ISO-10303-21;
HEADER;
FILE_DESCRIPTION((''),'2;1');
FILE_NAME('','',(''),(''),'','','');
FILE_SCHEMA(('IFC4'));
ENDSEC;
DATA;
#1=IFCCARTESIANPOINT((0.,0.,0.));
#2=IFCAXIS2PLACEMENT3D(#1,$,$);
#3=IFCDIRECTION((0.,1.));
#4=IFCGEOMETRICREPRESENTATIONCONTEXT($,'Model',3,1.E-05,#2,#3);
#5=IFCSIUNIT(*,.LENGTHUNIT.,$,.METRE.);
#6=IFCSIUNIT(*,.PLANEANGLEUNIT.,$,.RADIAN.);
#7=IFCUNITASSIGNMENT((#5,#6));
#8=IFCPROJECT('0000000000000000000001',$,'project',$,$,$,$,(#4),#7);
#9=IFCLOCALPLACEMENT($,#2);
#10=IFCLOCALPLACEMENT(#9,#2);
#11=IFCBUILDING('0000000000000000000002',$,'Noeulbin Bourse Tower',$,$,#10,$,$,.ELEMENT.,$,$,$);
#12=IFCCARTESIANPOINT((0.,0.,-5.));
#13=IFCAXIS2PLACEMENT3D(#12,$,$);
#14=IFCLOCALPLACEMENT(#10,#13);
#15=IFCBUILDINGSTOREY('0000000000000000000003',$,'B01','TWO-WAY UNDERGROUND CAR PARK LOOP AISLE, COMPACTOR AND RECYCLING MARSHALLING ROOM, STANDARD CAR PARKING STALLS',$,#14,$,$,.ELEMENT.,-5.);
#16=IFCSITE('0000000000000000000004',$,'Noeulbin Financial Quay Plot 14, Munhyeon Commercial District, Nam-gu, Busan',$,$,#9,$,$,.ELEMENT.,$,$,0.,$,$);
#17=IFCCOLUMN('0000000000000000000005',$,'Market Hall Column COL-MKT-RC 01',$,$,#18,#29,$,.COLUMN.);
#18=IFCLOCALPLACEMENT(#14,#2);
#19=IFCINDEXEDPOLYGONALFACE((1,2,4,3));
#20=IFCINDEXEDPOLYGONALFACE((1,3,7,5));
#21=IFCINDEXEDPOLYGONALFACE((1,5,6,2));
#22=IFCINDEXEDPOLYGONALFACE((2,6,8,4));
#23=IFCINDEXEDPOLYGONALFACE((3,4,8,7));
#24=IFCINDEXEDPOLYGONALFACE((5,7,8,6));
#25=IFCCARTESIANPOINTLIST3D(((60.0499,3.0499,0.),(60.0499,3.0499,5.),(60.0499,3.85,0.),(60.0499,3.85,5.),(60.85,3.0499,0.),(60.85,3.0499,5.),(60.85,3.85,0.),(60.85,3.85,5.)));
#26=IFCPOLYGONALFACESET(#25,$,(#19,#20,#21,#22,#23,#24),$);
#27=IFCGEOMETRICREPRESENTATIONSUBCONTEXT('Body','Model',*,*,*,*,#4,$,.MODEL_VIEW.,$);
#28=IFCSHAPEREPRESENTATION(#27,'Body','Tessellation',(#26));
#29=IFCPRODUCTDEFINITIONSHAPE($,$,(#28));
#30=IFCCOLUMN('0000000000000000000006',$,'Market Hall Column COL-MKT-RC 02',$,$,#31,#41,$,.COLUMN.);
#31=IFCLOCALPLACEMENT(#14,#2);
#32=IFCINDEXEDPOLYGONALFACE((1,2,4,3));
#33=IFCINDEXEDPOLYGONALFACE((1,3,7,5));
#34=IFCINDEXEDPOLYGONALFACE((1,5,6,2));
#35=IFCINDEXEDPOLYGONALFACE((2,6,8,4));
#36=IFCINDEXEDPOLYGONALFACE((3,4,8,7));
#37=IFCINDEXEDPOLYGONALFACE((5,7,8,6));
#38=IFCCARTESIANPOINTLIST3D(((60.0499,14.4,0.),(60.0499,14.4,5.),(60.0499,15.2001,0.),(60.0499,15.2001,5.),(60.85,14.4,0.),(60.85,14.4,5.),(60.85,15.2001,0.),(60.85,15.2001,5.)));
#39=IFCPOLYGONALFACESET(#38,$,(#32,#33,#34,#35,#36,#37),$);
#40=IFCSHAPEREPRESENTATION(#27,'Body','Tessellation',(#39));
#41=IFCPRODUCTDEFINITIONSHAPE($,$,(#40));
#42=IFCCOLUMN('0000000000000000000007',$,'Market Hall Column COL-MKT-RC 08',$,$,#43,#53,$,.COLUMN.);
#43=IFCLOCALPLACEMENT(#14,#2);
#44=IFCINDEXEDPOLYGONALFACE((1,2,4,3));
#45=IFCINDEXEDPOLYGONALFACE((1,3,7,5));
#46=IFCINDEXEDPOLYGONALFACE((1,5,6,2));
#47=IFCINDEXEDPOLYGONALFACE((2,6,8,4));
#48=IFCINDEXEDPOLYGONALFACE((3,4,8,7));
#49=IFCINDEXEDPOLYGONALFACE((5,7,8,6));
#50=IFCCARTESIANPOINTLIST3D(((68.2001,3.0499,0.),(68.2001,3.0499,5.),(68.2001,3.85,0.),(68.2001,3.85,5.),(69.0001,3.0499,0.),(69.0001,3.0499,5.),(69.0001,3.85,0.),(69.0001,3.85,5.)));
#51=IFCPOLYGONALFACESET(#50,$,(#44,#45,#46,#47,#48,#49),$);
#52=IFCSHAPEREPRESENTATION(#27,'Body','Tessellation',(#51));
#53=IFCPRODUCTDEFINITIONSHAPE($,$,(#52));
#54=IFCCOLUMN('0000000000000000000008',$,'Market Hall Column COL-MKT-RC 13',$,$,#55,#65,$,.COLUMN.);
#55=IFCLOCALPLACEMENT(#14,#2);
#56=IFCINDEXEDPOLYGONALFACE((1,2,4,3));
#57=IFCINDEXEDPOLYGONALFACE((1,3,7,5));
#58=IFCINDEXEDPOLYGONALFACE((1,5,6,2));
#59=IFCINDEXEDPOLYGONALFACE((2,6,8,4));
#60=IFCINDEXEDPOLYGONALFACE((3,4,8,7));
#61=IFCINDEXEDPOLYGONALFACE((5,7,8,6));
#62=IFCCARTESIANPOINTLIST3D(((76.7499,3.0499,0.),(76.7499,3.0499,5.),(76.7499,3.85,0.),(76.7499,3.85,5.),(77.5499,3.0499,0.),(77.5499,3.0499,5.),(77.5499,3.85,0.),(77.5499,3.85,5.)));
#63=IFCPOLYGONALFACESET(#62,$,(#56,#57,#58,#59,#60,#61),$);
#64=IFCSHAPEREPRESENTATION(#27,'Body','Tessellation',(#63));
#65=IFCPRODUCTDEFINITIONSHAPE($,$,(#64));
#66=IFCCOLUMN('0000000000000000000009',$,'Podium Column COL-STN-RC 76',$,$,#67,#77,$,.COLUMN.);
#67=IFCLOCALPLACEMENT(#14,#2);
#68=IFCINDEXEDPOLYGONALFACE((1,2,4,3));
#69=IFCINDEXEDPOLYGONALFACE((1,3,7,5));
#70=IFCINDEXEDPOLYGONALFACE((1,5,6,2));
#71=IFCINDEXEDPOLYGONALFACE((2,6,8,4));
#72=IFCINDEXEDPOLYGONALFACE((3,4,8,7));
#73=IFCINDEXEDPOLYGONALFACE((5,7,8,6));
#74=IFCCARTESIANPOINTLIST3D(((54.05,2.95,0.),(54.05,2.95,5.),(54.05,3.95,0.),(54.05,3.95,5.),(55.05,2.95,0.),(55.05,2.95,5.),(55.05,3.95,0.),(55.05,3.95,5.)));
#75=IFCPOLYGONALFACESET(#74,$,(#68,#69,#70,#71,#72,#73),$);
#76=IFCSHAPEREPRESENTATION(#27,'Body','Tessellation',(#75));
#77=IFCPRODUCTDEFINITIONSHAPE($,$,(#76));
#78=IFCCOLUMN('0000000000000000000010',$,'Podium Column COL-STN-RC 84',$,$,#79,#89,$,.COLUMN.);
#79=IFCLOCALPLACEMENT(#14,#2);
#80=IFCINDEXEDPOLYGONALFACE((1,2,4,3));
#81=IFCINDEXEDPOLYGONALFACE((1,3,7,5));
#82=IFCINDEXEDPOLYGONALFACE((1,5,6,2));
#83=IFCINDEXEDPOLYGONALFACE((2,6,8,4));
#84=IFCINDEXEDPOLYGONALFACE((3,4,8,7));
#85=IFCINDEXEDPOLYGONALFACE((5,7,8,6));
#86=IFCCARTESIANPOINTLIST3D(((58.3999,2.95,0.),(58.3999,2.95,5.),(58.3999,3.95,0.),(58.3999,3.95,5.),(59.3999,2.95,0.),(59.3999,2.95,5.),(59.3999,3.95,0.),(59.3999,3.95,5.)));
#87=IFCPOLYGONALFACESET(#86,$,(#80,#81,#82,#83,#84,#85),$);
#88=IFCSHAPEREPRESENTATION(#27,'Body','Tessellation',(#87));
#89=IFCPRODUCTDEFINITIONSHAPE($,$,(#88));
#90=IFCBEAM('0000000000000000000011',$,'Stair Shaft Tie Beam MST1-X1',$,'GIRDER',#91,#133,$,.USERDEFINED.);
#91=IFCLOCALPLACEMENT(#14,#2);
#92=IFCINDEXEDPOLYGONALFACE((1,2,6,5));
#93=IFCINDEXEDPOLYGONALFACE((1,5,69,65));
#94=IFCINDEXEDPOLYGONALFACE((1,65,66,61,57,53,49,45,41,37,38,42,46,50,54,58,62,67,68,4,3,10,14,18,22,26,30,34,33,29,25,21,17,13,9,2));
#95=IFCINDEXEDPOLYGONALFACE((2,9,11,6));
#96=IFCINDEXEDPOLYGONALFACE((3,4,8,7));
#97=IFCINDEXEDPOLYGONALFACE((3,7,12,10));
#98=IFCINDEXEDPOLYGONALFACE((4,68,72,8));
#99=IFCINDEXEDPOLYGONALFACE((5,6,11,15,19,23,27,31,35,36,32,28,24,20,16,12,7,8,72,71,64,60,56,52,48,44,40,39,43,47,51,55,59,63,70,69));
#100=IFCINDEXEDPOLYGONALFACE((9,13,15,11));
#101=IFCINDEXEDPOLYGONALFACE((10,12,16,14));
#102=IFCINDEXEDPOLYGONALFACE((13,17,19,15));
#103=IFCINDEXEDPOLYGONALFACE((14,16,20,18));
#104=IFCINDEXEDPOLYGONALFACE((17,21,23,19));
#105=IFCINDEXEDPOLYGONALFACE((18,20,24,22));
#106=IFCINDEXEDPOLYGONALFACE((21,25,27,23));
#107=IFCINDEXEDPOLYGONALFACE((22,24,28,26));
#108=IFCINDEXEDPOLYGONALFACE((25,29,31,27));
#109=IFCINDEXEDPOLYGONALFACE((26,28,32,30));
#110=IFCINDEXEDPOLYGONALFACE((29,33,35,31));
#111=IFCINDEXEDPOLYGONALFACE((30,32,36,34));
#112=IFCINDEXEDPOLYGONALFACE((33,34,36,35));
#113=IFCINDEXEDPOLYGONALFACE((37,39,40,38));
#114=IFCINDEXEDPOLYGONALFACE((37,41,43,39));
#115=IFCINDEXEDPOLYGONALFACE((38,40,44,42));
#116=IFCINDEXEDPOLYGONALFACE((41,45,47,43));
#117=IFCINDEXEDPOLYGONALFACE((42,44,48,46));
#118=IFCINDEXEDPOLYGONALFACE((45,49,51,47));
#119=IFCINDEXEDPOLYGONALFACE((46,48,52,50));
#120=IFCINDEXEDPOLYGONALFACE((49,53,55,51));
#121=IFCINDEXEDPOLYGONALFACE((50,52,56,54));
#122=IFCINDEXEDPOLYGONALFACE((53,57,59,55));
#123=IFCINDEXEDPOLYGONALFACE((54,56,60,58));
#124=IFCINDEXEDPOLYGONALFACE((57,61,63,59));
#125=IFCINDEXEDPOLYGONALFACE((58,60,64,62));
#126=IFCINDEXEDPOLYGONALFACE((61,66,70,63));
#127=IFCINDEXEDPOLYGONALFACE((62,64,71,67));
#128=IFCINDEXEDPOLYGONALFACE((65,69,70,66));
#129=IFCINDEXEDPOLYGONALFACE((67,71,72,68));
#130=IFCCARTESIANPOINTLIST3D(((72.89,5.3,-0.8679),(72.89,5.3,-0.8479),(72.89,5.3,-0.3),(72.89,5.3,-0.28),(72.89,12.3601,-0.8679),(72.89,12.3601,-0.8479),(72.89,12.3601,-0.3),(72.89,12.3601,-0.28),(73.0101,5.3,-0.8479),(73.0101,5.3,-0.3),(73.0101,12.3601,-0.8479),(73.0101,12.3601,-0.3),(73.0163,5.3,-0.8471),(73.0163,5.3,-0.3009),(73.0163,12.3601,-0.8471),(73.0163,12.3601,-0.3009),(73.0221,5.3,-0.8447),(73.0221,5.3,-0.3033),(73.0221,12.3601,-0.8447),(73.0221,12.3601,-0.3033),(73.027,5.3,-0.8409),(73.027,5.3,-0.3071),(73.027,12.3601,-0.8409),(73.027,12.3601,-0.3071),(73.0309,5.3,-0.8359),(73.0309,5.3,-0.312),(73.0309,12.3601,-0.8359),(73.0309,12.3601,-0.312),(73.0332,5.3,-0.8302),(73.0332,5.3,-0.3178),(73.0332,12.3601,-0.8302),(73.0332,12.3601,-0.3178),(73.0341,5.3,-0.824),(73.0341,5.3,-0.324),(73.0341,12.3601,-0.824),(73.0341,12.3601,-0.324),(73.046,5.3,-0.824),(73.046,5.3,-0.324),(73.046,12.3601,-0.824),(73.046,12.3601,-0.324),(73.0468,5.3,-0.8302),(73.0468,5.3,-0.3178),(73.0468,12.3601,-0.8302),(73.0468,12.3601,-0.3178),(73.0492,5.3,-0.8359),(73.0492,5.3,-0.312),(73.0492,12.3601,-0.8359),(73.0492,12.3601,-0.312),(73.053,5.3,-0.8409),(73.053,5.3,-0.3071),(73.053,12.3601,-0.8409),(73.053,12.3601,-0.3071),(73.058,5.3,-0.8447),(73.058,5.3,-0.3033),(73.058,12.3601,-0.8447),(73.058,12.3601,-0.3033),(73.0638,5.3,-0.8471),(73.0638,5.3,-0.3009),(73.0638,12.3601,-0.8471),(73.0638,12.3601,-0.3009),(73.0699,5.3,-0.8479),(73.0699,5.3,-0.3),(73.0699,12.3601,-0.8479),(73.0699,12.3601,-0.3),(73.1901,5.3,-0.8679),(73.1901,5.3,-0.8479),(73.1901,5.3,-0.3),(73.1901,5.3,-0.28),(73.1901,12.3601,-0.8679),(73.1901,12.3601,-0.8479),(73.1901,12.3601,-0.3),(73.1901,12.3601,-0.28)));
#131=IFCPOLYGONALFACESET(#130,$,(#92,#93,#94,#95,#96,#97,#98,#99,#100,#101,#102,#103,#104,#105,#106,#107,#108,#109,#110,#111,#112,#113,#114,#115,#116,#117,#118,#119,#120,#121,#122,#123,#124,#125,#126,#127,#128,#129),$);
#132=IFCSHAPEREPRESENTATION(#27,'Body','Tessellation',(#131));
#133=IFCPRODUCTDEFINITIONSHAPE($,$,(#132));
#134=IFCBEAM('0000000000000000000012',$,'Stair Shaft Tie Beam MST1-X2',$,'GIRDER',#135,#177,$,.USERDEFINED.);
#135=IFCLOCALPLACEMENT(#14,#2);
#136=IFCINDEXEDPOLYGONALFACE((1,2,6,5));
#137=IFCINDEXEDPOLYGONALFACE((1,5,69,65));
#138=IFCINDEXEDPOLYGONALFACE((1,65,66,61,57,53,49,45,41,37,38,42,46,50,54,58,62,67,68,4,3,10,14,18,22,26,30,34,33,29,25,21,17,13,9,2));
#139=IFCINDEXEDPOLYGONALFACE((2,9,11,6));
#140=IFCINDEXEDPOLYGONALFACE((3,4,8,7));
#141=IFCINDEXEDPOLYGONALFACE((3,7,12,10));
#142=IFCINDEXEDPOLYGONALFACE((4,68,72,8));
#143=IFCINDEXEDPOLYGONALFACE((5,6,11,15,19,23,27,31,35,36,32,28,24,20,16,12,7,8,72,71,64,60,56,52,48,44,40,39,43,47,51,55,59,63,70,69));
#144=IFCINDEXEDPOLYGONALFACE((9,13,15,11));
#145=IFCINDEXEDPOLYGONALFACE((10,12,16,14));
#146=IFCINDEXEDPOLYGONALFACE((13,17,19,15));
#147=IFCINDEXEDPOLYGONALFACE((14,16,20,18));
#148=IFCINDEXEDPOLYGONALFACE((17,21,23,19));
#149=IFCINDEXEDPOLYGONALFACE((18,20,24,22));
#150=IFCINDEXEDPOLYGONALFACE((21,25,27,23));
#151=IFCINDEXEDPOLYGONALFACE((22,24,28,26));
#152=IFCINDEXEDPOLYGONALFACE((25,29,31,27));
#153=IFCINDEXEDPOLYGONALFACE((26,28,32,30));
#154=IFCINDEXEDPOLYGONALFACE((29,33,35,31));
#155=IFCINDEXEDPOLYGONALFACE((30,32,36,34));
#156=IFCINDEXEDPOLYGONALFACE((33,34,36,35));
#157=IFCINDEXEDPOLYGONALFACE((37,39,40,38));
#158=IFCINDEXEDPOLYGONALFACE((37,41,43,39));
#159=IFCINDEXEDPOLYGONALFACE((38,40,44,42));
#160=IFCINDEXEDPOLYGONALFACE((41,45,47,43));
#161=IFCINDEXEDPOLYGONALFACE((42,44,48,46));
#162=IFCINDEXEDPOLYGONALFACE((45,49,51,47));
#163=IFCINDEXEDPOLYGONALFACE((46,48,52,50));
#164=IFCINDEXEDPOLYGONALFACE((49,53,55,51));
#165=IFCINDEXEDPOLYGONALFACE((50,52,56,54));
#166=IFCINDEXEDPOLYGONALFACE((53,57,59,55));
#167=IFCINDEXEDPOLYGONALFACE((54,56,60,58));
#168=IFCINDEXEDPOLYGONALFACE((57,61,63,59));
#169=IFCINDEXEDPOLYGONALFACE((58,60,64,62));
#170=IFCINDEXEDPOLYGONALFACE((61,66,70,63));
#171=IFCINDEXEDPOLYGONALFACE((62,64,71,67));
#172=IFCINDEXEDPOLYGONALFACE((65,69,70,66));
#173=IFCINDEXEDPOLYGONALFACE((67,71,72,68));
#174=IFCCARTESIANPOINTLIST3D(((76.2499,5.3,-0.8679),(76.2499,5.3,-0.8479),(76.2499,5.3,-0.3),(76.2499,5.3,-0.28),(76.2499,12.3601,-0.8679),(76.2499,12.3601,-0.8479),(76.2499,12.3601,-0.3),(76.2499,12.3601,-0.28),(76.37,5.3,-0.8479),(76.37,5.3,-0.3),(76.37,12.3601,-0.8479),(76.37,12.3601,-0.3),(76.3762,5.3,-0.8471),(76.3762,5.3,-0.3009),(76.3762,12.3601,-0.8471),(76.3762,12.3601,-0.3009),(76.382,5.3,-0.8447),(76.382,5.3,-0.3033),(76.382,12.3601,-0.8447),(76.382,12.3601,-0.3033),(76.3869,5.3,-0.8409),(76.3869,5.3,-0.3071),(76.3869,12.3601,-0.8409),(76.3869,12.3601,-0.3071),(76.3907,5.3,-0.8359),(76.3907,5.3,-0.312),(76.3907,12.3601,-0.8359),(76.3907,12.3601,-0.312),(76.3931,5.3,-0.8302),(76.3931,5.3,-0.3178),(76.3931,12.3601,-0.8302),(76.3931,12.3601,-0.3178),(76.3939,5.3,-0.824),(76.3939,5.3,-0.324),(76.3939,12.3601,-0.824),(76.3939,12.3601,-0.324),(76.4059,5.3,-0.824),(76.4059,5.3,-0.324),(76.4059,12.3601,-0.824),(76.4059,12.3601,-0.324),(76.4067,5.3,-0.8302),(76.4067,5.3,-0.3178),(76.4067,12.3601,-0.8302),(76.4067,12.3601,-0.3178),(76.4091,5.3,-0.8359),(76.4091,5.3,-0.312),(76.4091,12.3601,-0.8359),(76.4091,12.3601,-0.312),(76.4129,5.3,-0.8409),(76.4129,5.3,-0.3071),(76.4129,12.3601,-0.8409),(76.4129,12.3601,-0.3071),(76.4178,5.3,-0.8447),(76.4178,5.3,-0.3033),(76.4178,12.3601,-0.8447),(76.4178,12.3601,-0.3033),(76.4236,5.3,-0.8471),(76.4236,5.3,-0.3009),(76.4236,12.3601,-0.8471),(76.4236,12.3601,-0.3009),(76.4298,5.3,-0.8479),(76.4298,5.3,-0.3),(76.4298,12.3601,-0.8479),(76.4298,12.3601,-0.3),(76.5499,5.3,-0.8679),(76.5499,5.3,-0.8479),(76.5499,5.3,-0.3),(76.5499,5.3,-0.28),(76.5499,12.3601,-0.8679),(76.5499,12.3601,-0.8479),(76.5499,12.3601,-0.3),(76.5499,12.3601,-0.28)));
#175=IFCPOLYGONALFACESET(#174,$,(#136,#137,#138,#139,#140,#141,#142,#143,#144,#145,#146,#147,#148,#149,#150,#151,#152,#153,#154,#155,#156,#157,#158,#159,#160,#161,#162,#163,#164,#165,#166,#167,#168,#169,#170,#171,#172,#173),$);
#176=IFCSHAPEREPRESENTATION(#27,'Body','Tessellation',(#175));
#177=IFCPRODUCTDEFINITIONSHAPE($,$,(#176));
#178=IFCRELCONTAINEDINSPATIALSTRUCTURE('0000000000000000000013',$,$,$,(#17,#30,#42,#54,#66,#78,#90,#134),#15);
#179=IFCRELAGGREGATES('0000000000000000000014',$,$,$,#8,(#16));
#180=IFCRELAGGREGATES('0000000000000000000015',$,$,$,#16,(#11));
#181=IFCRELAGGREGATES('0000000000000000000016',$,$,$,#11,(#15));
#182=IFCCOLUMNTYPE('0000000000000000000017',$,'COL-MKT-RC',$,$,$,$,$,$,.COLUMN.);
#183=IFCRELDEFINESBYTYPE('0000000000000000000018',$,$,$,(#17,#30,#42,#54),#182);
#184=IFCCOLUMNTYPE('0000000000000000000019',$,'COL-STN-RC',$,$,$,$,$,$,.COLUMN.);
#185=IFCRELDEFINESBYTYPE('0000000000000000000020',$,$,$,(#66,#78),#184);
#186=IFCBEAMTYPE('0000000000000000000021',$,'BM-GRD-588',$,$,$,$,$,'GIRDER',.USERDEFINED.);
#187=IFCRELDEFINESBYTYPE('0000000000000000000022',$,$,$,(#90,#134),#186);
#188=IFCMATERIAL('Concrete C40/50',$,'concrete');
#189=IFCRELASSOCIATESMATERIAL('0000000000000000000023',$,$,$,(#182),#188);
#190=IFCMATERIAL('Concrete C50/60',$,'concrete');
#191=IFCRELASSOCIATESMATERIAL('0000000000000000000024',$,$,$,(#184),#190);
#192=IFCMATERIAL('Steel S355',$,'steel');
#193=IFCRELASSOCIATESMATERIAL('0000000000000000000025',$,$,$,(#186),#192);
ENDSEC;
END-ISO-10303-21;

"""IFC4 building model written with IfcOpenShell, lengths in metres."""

from ifc_helpers import new_model, si_unit, direction, frame, origin, origin_2d, place, context, subcontext, project, spatial, rectangle, i_section, extrude, material, material_profile, profile_set, type_object, element, save


model = new_model("IFC4")

# Units and contexts
model_context = context("Model", 3, precision=1e-05, world=origin(), true_north=direction((0.0, 1.0)))
body_context = subcontext(model_context, "Body", "Model", "MODEL_VIEW")
ifc_project = project(units=[si_unit("LENGTHUNIT", "METRE"), si_unit("PLANEANGLEUNIT", "RADIAN")], contexts=[model_context])

# Site, building, storey
site_placement = place(None, origin())
site = spatial("IfcSite", under=ifc_project, at=site_placement, Name="Noeulbin Financial Quay Plot 14, Munhyeon Commercial District, Nam-gu, Busan", CompositionType="ELEMENT", RefElevation=0.0)
building_placement = place(site_placement, origin())
building = spatial("IfcBuilding", under=site, at=building_placement, Name="Noeulbin Bourse Tower", CompositionType="ELEMENT")
storey_placement = place(building_placement, frame((0.0, 0.0, -5.0)))
storey = spatial("IfcBuildingStorey", under=building, at=storey_placement, Name="B01", Description="TWO-WAY UNDERGROUND CAR PARK LOOP AISLE, COMPACTOR AND RECYCLING MARSHALLING ROOM, STANDARD CAR PARKING STALLS", CompositionType="ELEMENT", Elevation=-5.0)

# Columns
ifc_material_1 = material(Name="Concrete C40/50", Category="concrete")
ifc_material_profile_1 = material_profile(ifc_material_1, rectangle(XDim=0.8, YDim=0.8, at=origin_2d()), Name="RC-COL-800x800", Category="LoadBearing")
ifc_profile_set_1 = profile_set([ifc_material_profile_1], Name="Concrete C40/50")
column_type_1 = type_object("IfcColumnType", Name="COL-MKT-RC", PredefinedType="COLUMN", material=ifc_profile_set_1)
for number, where, z_axis, x_axis, name in (
    (1, (60.45, 3.45, 0.0), (0.0, 0.0, 1.0), (1.0, 0.0, 0.0), "Market Hall Column COL-MKT-RC 01"),
    (2, (60.45, 14.8, 0.0), (0.0, 0.0, 1.0), (1.0, 0.0, 0.0), "Market Hall Column COL-MKT-RC 02"),
    (3, (68.6001, 3.45, 0.0), (0.0, 0.0, 1.0), (1.0, 0.0, 0.0), "Market Hall Column COL-MKT-RC 08"),
    (4, (77.1499, 3.45, 0.0), (0.0, 0.0, 1.0), (1.0, 0.0, 0.0), "Market Hall Column COL-MKT-RC 13"),
):
    element("IfcColumn", number, at=place(storey_placement, frame(where, z_axis=z_axis, x_axis=x_axis)), inside=storey, type_object=column_type_1, Name=name, PredefinedType="COLUMN", context=body_context, shape_type="SweptSolid", body=[
        extrude(rectangle(XDim=0.8, YDim=0.8, at=origin_2d()), origin(), (0.0, 0.0, 1.0), 5.0),
    ])
ifc_material_2 = material(Name="Concrete C50/60", Category="concrete")
ifc_material_profile_2 = material_profile(ifc_material_2, rectangle(XDim=1.0, YDim=1.0, at=origin_2d()), Name="RC-COL-1000x1000", Category="LoadBearing")
ifc_profile_set_2 = profile_set([ifc_material_profile_2], Name="Concrete C50/60")
column_type_2 = type_object("IfcColumnType", Name="COL-STN-RC", PredefinedType="COLUMN", material=ifc_profile_set_2)
for number, where, z_axis, x_axis, name in (
    (5, (54.55, 3.45, 0.0), (0.0, 0.0, 1.0), (1.0, 0.0, 0.0), "Podium Column COL-STN-RC 76"),
    (6, (58.8999, 3.45, 0.0), (0.0, 0.0, 1.0), (1.0, 0.0, 0.0), "Podium Column COL-STN-RC 84"),
):
    element("IfcColumn", number, at=place(storey_placement, frame(where, z_axis=z_axis, x_axis=x_axis)), inside=storey, type_object=column_type_2, Name=name, PredefinedType="COLUMN", context=body_context, shape_type="SweptSolid", body=[
        extrude(rectangle(XDim=1.0, YDim=1.0, at=origin_2d()), origin(), (0.0, 0.0, 1.0), 5.0),
    ])

# Beams
ifc_material_3 = material(Name="Steel S355", Category="steel")
ifc_material_profile_3 = material_profile(ifc_material_3, i_section(OverallWidth=0.3, OverallDepth=0.5879, WebThickness=0.012, FlangeThickness=0.02, FilletRadius=0.0239, at=origin_2d()), Name="H-588x300x12x20", Category="LoadBearing")
ifc_profile_set_3 = profile_set([ifc_material_profile_3], Name="Steel S355")
beam_type_1 = type_object("IfcBeamType", Name="BM-GRD-588", ElementType="GIRDER", PredefinedType="USERDEFINED", material=ifc_profile_set_3)
for number, where, z_axis, x_axis, name in (
    (7, (73.04, 5.3, -0.574), (0.0, 1.0, 0.0), (-1.0, 0.0, 0.0), "Stair Shaft Tie Beam MST1-X1"),
    (8, (76.3999, 5.3, -0.574), (0.0, 1.0, 0.0), (-1.0, 0.0, 0.0), "Stair Shaft Tie Beam MST1-X2"),
):
    element("IfcBeam", number, at=place(storey_placement, frame(where, z_axis=z_axis, x_axis=x_axis)), inside=storey, type_object=beam_type_1, Name=name, ObjectType="GIRDER", PredefinedType="USERDEFINED", context=body_context, shape_type="SweptSolid", body=[
        extrude(i_section(OverallWidth=0.3, OverallDepth=0.5879, WebThickness=0.012, FlangeThickness=0.02, FilletRadius=0.0239, at=origin_2d()), origin(), (0.0, 0.0, 1.0), 7.0601),
    ])

save(model, "model.ifc")
